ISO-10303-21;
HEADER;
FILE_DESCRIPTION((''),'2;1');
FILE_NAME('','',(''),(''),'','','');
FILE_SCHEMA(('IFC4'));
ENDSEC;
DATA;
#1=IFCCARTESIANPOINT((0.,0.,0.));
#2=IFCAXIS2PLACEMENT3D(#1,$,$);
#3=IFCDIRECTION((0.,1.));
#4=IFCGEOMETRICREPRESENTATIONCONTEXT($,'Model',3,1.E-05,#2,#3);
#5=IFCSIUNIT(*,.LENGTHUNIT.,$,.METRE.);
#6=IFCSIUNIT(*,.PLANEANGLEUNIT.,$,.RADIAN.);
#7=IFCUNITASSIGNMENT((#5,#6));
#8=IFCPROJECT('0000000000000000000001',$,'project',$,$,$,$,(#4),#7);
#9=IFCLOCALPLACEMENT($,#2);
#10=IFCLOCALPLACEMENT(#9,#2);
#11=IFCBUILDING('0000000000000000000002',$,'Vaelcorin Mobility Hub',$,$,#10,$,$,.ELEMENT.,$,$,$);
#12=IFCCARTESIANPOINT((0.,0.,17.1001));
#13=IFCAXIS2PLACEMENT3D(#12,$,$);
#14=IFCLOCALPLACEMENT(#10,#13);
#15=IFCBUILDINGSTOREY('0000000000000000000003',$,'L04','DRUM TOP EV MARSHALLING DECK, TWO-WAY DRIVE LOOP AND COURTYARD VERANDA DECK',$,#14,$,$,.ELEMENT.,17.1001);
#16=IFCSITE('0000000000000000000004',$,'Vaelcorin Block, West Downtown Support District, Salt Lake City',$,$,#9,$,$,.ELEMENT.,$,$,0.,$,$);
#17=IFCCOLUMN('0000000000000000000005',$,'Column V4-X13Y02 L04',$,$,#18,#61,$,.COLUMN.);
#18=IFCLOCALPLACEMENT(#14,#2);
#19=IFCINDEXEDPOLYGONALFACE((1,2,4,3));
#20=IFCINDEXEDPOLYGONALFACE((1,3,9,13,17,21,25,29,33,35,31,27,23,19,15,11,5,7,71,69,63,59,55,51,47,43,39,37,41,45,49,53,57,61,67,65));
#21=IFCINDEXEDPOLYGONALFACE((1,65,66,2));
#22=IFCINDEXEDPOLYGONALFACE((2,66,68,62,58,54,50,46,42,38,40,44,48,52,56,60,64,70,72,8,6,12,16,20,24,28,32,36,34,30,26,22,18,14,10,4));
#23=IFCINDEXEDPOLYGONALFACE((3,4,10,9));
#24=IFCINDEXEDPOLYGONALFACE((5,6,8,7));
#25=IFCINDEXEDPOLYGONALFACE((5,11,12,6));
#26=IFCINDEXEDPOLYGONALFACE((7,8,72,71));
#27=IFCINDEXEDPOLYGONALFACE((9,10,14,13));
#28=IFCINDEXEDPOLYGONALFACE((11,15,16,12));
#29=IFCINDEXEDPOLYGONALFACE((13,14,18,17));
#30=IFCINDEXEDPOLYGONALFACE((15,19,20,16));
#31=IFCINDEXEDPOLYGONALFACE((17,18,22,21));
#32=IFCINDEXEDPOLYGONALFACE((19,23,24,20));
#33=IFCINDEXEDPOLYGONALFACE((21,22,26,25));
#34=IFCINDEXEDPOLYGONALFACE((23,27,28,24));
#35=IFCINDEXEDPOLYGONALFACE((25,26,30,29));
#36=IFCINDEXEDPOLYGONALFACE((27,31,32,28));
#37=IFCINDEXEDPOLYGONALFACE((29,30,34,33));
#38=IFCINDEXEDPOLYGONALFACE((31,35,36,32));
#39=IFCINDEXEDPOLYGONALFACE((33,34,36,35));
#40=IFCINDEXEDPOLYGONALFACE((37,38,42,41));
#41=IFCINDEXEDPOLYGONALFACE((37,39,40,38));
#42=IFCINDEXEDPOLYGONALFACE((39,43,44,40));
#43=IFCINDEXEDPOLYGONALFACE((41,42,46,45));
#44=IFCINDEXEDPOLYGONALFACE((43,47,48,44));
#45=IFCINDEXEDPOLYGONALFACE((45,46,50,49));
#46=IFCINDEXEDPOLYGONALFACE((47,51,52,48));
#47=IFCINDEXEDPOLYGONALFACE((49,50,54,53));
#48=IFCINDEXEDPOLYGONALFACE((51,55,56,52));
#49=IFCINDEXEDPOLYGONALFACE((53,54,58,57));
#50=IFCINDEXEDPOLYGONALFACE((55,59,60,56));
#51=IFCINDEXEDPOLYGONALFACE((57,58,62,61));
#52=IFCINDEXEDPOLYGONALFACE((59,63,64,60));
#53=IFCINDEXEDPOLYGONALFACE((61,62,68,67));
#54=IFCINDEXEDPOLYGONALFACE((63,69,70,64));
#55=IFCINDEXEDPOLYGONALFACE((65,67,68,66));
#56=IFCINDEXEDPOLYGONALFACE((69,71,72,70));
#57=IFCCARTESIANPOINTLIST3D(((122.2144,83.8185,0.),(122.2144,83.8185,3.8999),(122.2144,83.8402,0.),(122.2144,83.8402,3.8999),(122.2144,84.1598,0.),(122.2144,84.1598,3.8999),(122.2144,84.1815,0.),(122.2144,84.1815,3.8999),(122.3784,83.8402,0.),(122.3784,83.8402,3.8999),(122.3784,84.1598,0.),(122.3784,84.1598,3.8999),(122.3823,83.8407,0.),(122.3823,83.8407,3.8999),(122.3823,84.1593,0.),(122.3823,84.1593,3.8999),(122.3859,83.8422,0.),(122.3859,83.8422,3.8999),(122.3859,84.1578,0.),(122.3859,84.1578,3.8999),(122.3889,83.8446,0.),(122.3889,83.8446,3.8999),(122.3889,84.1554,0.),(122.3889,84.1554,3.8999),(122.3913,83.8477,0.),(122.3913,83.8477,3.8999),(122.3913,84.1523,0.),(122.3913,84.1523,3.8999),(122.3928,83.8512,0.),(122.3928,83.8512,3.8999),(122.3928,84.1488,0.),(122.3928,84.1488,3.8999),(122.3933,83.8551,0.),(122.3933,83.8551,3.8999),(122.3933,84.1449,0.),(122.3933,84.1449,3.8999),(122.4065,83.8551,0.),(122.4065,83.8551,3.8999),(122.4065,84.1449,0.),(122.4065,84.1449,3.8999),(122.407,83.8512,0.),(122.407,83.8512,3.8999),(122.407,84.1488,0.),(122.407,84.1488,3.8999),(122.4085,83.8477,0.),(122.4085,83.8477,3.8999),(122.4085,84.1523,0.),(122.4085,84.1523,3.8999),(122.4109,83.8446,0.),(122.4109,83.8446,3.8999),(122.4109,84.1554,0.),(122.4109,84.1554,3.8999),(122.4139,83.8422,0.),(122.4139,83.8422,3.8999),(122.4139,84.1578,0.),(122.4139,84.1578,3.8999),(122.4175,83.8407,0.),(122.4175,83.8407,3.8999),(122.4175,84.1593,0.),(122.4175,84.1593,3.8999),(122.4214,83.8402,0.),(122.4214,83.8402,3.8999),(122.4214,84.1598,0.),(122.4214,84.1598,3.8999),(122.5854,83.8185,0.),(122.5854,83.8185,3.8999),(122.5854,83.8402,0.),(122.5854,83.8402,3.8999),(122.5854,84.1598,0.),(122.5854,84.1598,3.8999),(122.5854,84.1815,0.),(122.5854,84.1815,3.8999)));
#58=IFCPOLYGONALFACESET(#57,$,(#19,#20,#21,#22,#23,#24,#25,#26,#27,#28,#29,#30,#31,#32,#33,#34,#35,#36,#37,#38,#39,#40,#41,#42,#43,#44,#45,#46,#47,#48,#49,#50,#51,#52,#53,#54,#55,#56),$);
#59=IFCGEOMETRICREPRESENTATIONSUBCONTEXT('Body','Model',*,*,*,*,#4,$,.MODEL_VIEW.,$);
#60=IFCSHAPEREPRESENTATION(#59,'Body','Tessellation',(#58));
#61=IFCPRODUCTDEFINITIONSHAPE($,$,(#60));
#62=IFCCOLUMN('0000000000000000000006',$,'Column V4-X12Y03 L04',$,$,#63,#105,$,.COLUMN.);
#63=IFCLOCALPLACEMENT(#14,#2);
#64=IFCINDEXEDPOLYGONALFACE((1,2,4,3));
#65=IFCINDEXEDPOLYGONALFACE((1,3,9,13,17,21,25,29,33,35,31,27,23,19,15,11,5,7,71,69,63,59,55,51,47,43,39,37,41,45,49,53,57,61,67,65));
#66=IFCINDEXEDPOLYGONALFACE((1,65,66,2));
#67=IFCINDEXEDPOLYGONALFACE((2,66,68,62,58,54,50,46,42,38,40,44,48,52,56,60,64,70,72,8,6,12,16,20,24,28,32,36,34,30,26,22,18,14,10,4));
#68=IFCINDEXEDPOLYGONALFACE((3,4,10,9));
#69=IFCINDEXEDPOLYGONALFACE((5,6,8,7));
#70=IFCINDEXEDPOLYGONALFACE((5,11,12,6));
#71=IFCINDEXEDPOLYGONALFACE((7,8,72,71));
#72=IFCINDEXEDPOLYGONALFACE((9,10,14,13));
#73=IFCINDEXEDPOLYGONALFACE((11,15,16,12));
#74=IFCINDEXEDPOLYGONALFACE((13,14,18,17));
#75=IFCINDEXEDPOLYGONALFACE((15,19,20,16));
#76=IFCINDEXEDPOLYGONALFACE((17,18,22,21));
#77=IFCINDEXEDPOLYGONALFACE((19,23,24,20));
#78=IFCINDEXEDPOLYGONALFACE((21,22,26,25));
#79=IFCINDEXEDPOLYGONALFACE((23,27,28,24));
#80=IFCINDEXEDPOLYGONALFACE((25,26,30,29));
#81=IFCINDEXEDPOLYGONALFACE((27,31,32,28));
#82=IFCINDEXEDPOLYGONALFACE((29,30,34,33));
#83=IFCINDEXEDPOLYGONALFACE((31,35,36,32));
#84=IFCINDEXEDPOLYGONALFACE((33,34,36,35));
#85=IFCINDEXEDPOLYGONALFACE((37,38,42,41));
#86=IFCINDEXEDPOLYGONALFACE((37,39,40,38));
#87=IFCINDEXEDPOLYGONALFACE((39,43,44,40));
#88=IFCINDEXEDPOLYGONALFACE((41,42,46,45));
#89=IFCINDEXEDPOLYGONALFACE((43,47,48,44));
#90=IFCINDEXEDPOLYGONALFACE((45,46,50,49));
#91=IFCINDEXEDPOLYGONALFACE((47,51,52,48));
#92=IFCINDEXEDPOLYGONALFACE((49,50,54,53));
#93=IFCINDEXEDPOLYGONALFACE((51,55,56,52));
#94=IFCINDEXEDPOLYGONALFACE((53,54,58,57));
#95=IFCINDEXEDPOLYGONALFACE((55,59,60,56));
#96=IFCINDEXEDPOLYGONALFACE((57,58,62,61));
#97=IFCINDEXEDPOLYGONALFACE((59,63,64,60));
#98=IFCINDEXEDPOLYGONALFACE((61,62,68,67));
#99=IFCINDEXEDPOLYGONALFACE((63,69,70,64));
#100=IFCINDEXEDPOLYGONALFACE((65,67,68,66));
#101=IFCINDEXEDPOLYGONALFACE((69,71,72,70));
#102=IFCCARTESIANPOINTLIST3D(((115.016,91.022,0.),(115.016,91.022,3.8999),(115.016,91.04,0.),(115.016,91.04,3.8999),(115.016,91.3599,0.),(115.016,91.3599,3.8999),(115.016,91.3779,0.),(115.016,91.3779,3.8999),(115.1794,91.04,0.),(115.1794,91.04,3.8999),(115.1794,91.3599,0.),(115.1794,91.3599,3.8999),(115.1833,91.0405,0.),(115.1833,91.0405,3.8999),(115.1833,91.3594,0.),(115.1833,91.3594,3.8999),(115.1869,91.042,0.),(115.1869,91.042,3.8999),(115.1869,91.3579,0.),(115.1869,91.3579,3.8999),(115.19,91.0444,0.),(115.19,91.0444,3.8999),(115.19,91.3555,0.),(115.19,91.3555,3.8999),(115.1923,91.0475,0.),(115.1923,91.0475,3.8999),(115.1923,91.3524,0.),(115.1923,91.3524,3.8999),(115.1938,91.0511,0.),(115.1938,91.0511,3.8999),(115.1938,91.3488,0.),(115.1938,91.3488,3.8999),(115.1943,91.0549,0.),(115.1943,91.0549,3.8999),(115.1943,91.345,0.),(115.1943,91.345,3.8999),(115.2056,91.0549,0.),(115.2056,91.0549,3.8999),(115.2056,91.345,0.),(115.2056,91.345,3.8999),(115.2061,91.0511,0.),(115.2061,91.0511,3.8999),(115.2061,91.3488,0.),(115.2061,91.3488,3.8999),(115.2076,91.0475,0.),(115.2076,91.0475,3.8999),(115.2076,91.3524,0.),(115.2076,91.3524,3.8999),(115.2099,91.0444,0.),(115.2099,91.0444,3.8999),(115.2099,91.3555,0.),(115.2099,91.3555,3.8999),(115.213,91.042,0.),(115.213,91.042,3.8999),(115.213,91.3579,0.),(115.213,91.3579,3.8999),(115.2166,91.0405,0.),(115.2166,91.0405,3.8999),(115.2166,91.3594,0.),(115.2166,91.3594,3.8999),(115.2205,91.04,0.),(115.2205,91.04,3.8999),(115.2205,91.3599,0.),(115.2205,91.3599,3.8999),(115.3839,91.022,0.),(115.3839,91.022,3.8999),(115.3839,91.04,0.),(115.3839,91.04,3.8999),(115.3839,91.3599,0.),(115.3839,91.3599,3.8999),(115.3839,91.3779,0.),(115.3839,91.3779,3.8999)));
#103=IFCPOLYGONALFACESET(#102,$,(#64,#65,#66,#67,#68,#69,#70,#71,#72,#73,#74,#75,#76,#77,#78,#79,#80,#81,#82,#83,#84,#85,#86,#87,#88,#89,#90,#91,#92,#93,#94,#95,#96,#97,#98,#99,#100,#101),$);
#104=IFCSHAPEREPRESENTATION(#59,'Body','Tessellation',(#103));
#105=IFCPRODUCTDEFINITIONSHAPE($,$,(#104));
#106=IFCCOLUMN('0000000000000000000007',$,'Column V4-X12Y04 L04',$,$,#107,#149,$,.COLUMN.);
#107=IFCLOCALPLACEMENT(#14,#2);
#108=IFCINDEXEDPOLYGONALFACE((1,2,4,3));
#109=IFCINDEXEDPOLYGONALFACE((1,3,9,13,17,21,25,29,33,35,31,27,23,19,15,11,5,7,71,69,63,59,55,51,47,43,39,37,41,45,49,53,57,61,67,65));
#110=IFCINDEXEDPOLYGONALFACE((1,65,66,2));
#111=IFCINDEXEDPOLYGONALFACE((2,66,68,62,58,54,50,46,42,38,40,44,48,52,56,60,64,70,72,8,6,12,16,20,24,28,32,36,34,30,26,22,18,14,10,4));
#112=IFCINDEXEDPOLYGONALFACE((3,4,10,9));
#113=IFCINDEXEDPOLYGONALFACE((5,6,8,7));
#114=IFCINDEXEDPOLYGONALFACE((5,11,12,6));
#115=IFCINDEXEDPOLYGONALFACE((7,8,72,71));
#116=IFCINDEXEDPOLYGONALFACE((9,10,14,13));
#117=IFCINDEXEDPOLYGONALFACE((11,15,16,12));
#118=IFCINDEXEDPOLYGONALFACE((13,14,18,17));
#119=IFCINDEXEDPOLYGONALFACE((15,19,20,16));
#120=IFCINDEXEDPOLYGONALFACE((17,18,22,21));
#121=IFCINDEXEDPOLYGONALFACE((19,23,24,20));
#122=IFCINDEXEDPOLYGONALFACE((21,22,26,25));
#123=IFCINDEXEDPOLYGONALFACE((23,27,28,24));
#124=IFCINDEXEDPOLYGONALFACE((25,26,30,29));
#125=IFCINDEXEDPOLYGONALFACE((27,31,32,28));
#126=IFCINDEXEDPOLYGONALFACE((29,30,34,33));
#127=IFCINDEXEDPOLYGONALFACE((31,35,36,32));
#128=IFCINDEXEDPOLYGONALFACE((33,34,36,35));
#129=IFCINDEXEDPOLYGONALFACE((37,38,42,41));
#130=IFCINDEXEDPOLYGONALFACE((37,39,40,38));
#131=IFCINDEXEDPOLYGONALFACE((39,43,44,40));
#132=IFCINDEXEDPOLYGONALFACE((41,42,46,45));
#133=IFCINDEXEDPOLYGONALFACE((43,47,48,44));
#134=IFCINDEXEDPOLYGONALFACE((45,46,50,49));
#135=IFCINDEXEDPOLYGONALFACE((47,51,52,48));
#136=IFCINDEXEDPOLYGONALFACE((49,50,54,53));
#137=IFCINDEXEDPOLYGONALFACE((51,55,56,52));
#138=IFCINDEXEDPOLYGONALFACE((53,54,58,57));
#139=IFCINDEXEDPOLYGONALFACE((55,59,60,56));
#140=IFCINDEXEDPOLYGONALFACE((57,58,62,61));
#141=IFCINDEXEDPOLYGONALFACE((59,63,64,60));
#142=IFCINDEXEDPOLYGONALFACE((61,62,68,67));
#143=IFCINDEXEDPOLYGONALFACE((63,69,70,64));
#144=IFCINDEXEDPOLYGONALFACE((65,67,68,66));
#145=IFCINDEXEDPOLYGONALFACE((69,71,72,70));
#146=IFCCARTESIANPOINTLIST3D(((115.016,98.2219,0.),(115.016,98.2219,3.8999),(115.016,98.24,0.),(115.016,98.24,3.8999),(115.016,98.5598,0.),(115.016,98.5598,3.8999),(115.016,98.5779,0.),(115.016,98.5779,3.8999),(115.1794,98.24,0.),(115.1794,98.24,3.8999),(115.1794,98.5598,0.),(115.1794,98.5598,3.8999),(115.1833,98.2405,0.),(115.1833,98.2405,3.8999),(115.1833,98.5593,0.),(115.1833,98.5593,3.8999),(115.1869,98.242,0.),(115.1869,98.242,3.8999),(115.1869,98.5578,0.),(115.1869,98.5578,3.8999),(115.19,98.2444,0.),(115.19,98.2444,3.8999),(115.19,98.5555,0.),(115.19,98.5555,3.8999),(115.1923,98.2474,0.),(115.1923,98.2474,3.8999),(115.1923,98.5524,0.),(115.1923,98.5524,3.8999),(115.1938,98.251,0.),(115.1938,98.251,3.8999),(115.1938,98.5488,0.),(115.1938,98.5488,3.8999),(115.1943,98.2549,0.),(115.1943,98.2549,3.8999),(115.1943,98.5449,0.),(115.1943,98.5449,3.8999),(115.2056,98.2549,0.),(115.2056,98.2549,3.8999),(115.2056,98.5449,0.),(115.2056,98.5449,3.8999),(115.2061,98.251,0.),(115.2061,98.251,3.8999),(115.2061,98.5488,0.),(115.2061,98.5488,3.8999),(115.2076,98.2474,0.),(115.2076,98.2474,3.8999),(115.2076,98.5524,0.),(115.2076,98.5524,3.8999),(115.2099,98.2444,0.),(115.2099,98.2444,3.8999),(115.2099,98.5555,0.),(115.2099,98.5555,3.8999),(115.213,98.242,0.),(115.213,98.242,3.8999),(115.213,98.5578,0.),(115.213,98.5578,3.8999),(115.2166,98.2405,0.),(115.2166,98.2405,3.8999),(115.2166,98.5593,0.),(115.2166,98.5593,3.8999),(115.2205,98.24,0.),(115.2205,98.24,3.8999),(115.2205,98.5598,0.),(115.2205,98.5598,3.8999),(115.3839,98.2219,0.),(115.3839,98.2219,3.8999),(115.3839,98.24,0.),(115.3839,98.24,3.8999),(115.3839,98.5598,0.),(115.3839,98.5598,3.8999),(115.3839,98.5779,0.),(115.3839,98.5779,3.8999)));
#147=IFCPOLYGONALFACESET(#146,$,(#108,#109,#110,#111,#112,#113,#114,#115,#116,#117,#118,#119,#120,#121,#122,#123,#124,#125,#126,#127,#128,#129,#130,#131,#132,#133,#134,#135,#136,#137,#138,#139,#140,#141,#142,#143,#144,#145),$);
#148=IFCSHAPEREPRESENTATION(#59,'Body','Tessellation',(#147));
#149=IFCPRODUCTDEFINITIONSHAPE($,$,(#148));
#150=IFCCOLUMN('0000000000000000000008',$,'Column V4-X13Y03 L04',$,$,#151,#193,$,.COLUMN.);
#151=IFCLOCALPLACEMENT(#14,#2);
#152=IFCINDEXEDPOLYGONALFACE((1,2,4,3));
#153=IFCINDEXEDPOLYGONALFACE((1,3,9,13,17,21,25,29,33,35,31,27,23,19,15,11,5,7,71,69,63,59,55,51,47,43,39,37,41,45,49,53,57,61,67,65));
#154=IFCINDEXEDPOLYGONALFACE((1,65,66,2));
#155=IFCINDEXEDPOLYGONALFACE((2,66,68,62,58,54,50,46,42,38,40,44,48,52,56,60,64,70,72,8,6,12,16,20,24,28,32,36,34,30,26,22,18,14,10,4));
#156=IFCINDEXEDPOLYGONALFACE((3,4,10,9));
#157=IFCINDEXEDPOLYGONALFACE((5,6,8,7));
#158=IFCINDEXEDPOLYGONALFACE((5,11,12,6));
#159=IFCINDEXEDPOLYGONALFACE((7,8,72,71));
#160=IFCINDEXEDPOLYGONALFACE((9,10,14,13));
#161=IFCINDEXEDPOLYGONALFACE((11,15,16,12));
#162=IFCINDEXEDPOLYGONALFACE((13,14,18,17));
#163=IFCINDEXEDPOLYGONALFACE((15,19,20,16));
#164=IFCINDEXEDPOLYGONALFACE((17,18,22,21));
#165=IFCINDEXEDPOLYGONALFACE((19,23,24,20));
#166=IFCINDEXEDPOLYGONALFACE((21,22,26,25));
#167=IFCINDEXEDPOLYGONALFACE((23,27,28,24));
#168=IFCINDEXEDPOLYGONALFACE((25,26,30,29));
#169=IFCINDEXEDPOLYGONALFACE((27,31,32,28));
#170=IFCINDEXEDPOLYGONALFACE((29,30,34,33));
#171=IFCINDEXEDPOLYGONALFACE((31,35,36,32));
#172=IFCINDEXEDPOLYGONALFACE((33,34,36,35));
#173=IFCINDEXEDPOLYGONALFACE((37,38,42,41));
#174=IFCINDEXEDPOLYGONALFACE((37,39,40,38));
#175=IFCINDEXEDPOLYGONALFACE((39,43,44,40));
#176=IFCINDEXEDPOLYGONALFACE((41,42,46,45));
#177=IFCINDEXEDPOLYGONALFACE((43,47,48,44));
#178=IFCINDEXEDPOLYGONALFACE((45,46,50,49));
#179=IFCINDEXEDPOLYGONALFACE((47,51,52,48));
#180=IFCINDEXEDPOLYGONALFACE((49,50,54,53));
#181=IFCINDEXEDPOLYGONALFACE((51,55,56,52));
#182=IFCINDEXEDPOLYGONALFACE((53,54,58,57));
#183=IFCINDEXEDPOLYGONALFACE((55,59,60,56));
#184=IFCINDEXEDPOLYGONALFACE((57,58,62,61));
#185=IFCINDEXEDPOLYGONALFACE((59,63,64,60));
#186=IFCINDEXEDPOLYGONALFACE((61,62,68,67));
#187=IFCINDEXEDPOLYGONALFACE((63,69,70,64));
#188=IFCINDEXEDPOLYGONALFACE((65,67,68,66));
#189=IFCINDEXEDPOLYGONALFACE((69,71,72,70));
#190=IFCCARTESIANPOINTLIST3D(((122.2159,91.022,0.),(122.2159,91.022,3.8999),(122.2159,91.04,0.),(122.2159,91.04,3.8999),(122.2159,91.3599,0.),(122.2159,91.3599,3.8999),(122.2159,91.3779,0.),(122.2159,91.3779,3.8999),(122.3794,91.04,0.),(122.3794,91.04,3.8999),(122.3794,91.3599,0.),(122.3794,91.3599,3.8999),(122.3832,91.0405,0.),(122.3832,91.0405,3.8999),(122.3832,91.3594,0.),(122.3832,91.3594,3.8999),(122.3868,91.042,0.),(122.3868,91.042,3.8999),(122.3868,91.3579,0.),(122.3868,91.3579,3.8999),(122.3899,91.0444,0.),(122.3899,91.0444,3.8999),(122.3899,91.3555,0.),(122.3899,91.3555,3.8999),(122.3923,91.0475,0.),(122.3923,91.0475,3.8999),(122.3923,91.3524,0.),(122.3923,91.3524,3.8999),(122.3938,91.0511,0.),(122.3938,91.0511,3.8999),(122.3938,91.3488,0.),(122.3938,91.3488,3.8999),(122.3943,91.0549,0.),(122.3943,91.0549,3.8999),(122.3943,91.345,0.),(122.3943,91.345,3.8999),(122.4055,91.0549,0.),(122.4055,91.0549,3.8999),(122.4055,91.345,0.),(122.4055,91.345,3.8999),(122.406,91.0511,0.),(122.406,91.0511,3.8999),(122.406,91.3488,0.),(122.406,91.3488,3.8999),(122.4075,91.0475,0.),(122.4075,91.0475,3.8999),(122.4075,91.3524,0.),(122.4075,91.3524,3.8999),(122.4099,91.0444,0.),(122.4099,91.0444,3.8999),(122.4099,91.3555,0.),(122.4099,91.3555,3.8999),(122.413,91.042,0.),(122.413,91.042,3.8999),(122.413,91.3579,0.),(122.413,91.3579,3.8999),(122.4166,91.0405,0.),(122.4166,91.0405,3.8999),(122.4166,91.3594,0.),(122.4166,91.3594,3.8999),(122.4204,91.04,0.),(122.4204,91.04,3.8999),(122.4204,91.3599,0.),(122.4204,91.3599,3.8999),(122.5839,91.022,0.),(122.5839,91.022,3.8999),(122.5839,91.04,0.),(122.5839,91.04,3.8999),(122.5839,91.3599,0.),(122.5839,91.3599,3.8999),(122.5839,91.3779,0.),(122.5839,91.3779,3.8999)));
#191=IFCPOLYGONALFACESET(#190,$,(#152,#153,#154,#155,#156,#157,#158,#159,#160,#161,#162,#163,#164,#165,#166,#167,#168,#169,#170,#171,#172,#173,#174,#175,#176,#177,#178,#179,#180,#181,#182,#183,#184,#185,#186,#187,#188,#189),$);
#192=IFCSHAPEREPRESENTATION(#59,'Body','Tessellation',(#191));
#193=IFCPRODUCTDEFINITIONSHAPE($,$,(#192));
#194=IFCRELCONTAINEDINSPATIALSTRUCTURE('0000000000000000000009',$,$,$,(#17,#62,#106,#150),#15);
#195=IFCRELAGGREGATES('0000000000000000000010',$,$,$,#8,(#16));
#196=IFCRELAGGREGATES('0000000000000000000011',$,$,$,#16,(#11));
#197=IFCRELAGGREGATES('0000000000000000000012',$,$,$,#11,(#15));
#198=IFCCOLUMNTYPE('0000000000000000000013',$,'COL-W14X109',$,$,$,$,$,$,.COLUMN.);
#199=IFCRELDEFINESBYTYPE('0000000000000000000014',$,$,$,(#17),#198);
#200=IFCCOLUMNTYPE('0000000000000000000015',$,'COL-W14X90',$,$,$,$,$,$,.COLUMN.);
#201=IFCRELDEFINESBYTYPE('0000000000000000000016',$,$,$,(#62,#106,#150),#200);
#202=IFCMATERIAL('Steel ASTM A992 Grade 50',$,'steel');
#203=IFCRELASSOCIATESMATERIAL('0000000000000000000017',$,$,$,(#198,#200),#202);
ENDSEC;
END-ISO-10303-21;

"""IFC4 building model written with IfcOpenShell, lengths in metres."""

from ifc_helpers import new_model, si_unit, direction, frame, origin, origin_2d, place, context, subcontext, project, spatial, i_section, extrude, material, material_profile, profile_set, type_object, element, save


model = new_model("IFC4")

# Units and contexts
model_context = context("Model", 3, precision=1e-05, world=origin(), true_north=direction((0.0, 1.0)))
body_context = subcontext(model_context, "Body", "Model", "MODEL_VIEW")
ifc_project = project(units=[si_unit("LENGTHUNIT", "METRE"), si_unit("PLANEANGLEUNIT", "RADIAN")], contexts=[model_context])

# Site, building, storey
site_placement = place(None, origin())
site = spatial("IfcSite", under=ifc_project, at=site_placement, Name="Vaelcorin Block, West Downtown Support District, Salt Lake City", CompositionType="ELEMENT", RefElevation=0.0)
building_placement = place(site_placement, origin())
building = spatial("IfcBuilding", under=site, at=building_placement, Name="Vaelcorin Mobility Hub", CompositionType="ELEMENT")
storey_placement = place(building_placement, frame((0.0, 0.0, 17.1001)))
storey = spatial("IfcBuildingStorey", under=building, at=storey_placement, Name="L04", Description="DRUM TOP EV MARSHALLING DECK, TWO-WAY DRIVE LOOP AND COURTYARD VERANDA DECK", CompositionType="ELEMENT", Elevation=17.1001)

# Columns
ifc_material_1 = material(Name="Steel ASTM A992 Grade 50", Category="steel")
ifc_material_profile_1 = material_profile(ifc_material_1, i_section(OverallWidth=0.3711, OverallDepth=0.363, WebThickness=0.0132, FlangeThickness=0.0217, FilletRadius=0.0149, at=origin_2d()), Name="W14X109")
ifc_profile_set_1 = profile_set([ifc_material_profile_1], Name="Steel ASTM A992 Grade 50")
column_type_1 = type_object("IfcColumnType", Name="COL-W14X109", PredefinedType="COLUMN", material=ifc_profile_set_1)
column_placement = place(storey_placement, frame((122.3999, 84.0, 0.0), z_axis=(0.0, 0.0, 1.0), x_axis=(1.0, 0.0, 0.0)))
element("IfcColumn", 1, at=column_placement, inside=storey, type_object=column_type_1, Name="Column V4-X13Y02 L04", PredefinedType="COLUMN", context=body_context, shape_type="SweptSolid", body=[
    extrude(i_section(OverallWidth=0.3711, OverallDepth=0.363, WebThickness=0.0132, FlangeThickness=0.0217, FilletRadius=0.0149, at=origin_2d()), origin(), (0.0, 0.0, 1.0), 3.8999),
])
ifc_material_profile_2 = material_profile(ifc_material_1, i_section(OverallWidth=0.3679, OverallDepth=0.356, WebThickness=0.0112, FlangeThickness=0.0181, FilletRadius=0.0149, at=origin_2d()), Name="W14X90")
ifc_profile_set_2 = profile_set([ifc_material_profile_2], Name="Steel ASTM A992 Grade 50")
column_type_2 = type_object("IfcColumnType", Name="COL-W14X90", PredefinedType="COLUMN", material=ifc_profile_set_2)
for number, where, z_axis, x_axis, name in (
    (2, (115.2, 91.2, 0.0), (0.0, 0.0, 1.0), (1.0, 0.0, 0.0), "Column V4-X12Y03 L04"),
    (3, (115.2, 98.3999, 0.0), (0.0, 0.0, 1.0), (1.0, 0.0, 0.0), "Column V4-X12Y04 L04"),
    (4, (122.3999, 91.2, 0.0), (0.0, 0.0, 1.0), (1.0, 0.0, 0.0), "Column V4-X13Y03 L04"),
):
    element("IfcColumn", number, at=place(storey_placement, frame(where, z_axis=z_axis, x_axis=x_axis)), inside=storey, type_object=column_type_2, Name=name, PredefinedType="COLUMN", context=body_context, shape_type="SweptSolid", body=[
        extrude(i_section(OverallWidth=0.3679, OverallDepth=0.356, WebThickness=0.0112, FlangeThickness=0.0181, FilletRadius=0.0149, at=origin_2d()), origin(), (0.0, 0.0, 1.0), 3.8999),
    ])

save(model, "model.ifc")
